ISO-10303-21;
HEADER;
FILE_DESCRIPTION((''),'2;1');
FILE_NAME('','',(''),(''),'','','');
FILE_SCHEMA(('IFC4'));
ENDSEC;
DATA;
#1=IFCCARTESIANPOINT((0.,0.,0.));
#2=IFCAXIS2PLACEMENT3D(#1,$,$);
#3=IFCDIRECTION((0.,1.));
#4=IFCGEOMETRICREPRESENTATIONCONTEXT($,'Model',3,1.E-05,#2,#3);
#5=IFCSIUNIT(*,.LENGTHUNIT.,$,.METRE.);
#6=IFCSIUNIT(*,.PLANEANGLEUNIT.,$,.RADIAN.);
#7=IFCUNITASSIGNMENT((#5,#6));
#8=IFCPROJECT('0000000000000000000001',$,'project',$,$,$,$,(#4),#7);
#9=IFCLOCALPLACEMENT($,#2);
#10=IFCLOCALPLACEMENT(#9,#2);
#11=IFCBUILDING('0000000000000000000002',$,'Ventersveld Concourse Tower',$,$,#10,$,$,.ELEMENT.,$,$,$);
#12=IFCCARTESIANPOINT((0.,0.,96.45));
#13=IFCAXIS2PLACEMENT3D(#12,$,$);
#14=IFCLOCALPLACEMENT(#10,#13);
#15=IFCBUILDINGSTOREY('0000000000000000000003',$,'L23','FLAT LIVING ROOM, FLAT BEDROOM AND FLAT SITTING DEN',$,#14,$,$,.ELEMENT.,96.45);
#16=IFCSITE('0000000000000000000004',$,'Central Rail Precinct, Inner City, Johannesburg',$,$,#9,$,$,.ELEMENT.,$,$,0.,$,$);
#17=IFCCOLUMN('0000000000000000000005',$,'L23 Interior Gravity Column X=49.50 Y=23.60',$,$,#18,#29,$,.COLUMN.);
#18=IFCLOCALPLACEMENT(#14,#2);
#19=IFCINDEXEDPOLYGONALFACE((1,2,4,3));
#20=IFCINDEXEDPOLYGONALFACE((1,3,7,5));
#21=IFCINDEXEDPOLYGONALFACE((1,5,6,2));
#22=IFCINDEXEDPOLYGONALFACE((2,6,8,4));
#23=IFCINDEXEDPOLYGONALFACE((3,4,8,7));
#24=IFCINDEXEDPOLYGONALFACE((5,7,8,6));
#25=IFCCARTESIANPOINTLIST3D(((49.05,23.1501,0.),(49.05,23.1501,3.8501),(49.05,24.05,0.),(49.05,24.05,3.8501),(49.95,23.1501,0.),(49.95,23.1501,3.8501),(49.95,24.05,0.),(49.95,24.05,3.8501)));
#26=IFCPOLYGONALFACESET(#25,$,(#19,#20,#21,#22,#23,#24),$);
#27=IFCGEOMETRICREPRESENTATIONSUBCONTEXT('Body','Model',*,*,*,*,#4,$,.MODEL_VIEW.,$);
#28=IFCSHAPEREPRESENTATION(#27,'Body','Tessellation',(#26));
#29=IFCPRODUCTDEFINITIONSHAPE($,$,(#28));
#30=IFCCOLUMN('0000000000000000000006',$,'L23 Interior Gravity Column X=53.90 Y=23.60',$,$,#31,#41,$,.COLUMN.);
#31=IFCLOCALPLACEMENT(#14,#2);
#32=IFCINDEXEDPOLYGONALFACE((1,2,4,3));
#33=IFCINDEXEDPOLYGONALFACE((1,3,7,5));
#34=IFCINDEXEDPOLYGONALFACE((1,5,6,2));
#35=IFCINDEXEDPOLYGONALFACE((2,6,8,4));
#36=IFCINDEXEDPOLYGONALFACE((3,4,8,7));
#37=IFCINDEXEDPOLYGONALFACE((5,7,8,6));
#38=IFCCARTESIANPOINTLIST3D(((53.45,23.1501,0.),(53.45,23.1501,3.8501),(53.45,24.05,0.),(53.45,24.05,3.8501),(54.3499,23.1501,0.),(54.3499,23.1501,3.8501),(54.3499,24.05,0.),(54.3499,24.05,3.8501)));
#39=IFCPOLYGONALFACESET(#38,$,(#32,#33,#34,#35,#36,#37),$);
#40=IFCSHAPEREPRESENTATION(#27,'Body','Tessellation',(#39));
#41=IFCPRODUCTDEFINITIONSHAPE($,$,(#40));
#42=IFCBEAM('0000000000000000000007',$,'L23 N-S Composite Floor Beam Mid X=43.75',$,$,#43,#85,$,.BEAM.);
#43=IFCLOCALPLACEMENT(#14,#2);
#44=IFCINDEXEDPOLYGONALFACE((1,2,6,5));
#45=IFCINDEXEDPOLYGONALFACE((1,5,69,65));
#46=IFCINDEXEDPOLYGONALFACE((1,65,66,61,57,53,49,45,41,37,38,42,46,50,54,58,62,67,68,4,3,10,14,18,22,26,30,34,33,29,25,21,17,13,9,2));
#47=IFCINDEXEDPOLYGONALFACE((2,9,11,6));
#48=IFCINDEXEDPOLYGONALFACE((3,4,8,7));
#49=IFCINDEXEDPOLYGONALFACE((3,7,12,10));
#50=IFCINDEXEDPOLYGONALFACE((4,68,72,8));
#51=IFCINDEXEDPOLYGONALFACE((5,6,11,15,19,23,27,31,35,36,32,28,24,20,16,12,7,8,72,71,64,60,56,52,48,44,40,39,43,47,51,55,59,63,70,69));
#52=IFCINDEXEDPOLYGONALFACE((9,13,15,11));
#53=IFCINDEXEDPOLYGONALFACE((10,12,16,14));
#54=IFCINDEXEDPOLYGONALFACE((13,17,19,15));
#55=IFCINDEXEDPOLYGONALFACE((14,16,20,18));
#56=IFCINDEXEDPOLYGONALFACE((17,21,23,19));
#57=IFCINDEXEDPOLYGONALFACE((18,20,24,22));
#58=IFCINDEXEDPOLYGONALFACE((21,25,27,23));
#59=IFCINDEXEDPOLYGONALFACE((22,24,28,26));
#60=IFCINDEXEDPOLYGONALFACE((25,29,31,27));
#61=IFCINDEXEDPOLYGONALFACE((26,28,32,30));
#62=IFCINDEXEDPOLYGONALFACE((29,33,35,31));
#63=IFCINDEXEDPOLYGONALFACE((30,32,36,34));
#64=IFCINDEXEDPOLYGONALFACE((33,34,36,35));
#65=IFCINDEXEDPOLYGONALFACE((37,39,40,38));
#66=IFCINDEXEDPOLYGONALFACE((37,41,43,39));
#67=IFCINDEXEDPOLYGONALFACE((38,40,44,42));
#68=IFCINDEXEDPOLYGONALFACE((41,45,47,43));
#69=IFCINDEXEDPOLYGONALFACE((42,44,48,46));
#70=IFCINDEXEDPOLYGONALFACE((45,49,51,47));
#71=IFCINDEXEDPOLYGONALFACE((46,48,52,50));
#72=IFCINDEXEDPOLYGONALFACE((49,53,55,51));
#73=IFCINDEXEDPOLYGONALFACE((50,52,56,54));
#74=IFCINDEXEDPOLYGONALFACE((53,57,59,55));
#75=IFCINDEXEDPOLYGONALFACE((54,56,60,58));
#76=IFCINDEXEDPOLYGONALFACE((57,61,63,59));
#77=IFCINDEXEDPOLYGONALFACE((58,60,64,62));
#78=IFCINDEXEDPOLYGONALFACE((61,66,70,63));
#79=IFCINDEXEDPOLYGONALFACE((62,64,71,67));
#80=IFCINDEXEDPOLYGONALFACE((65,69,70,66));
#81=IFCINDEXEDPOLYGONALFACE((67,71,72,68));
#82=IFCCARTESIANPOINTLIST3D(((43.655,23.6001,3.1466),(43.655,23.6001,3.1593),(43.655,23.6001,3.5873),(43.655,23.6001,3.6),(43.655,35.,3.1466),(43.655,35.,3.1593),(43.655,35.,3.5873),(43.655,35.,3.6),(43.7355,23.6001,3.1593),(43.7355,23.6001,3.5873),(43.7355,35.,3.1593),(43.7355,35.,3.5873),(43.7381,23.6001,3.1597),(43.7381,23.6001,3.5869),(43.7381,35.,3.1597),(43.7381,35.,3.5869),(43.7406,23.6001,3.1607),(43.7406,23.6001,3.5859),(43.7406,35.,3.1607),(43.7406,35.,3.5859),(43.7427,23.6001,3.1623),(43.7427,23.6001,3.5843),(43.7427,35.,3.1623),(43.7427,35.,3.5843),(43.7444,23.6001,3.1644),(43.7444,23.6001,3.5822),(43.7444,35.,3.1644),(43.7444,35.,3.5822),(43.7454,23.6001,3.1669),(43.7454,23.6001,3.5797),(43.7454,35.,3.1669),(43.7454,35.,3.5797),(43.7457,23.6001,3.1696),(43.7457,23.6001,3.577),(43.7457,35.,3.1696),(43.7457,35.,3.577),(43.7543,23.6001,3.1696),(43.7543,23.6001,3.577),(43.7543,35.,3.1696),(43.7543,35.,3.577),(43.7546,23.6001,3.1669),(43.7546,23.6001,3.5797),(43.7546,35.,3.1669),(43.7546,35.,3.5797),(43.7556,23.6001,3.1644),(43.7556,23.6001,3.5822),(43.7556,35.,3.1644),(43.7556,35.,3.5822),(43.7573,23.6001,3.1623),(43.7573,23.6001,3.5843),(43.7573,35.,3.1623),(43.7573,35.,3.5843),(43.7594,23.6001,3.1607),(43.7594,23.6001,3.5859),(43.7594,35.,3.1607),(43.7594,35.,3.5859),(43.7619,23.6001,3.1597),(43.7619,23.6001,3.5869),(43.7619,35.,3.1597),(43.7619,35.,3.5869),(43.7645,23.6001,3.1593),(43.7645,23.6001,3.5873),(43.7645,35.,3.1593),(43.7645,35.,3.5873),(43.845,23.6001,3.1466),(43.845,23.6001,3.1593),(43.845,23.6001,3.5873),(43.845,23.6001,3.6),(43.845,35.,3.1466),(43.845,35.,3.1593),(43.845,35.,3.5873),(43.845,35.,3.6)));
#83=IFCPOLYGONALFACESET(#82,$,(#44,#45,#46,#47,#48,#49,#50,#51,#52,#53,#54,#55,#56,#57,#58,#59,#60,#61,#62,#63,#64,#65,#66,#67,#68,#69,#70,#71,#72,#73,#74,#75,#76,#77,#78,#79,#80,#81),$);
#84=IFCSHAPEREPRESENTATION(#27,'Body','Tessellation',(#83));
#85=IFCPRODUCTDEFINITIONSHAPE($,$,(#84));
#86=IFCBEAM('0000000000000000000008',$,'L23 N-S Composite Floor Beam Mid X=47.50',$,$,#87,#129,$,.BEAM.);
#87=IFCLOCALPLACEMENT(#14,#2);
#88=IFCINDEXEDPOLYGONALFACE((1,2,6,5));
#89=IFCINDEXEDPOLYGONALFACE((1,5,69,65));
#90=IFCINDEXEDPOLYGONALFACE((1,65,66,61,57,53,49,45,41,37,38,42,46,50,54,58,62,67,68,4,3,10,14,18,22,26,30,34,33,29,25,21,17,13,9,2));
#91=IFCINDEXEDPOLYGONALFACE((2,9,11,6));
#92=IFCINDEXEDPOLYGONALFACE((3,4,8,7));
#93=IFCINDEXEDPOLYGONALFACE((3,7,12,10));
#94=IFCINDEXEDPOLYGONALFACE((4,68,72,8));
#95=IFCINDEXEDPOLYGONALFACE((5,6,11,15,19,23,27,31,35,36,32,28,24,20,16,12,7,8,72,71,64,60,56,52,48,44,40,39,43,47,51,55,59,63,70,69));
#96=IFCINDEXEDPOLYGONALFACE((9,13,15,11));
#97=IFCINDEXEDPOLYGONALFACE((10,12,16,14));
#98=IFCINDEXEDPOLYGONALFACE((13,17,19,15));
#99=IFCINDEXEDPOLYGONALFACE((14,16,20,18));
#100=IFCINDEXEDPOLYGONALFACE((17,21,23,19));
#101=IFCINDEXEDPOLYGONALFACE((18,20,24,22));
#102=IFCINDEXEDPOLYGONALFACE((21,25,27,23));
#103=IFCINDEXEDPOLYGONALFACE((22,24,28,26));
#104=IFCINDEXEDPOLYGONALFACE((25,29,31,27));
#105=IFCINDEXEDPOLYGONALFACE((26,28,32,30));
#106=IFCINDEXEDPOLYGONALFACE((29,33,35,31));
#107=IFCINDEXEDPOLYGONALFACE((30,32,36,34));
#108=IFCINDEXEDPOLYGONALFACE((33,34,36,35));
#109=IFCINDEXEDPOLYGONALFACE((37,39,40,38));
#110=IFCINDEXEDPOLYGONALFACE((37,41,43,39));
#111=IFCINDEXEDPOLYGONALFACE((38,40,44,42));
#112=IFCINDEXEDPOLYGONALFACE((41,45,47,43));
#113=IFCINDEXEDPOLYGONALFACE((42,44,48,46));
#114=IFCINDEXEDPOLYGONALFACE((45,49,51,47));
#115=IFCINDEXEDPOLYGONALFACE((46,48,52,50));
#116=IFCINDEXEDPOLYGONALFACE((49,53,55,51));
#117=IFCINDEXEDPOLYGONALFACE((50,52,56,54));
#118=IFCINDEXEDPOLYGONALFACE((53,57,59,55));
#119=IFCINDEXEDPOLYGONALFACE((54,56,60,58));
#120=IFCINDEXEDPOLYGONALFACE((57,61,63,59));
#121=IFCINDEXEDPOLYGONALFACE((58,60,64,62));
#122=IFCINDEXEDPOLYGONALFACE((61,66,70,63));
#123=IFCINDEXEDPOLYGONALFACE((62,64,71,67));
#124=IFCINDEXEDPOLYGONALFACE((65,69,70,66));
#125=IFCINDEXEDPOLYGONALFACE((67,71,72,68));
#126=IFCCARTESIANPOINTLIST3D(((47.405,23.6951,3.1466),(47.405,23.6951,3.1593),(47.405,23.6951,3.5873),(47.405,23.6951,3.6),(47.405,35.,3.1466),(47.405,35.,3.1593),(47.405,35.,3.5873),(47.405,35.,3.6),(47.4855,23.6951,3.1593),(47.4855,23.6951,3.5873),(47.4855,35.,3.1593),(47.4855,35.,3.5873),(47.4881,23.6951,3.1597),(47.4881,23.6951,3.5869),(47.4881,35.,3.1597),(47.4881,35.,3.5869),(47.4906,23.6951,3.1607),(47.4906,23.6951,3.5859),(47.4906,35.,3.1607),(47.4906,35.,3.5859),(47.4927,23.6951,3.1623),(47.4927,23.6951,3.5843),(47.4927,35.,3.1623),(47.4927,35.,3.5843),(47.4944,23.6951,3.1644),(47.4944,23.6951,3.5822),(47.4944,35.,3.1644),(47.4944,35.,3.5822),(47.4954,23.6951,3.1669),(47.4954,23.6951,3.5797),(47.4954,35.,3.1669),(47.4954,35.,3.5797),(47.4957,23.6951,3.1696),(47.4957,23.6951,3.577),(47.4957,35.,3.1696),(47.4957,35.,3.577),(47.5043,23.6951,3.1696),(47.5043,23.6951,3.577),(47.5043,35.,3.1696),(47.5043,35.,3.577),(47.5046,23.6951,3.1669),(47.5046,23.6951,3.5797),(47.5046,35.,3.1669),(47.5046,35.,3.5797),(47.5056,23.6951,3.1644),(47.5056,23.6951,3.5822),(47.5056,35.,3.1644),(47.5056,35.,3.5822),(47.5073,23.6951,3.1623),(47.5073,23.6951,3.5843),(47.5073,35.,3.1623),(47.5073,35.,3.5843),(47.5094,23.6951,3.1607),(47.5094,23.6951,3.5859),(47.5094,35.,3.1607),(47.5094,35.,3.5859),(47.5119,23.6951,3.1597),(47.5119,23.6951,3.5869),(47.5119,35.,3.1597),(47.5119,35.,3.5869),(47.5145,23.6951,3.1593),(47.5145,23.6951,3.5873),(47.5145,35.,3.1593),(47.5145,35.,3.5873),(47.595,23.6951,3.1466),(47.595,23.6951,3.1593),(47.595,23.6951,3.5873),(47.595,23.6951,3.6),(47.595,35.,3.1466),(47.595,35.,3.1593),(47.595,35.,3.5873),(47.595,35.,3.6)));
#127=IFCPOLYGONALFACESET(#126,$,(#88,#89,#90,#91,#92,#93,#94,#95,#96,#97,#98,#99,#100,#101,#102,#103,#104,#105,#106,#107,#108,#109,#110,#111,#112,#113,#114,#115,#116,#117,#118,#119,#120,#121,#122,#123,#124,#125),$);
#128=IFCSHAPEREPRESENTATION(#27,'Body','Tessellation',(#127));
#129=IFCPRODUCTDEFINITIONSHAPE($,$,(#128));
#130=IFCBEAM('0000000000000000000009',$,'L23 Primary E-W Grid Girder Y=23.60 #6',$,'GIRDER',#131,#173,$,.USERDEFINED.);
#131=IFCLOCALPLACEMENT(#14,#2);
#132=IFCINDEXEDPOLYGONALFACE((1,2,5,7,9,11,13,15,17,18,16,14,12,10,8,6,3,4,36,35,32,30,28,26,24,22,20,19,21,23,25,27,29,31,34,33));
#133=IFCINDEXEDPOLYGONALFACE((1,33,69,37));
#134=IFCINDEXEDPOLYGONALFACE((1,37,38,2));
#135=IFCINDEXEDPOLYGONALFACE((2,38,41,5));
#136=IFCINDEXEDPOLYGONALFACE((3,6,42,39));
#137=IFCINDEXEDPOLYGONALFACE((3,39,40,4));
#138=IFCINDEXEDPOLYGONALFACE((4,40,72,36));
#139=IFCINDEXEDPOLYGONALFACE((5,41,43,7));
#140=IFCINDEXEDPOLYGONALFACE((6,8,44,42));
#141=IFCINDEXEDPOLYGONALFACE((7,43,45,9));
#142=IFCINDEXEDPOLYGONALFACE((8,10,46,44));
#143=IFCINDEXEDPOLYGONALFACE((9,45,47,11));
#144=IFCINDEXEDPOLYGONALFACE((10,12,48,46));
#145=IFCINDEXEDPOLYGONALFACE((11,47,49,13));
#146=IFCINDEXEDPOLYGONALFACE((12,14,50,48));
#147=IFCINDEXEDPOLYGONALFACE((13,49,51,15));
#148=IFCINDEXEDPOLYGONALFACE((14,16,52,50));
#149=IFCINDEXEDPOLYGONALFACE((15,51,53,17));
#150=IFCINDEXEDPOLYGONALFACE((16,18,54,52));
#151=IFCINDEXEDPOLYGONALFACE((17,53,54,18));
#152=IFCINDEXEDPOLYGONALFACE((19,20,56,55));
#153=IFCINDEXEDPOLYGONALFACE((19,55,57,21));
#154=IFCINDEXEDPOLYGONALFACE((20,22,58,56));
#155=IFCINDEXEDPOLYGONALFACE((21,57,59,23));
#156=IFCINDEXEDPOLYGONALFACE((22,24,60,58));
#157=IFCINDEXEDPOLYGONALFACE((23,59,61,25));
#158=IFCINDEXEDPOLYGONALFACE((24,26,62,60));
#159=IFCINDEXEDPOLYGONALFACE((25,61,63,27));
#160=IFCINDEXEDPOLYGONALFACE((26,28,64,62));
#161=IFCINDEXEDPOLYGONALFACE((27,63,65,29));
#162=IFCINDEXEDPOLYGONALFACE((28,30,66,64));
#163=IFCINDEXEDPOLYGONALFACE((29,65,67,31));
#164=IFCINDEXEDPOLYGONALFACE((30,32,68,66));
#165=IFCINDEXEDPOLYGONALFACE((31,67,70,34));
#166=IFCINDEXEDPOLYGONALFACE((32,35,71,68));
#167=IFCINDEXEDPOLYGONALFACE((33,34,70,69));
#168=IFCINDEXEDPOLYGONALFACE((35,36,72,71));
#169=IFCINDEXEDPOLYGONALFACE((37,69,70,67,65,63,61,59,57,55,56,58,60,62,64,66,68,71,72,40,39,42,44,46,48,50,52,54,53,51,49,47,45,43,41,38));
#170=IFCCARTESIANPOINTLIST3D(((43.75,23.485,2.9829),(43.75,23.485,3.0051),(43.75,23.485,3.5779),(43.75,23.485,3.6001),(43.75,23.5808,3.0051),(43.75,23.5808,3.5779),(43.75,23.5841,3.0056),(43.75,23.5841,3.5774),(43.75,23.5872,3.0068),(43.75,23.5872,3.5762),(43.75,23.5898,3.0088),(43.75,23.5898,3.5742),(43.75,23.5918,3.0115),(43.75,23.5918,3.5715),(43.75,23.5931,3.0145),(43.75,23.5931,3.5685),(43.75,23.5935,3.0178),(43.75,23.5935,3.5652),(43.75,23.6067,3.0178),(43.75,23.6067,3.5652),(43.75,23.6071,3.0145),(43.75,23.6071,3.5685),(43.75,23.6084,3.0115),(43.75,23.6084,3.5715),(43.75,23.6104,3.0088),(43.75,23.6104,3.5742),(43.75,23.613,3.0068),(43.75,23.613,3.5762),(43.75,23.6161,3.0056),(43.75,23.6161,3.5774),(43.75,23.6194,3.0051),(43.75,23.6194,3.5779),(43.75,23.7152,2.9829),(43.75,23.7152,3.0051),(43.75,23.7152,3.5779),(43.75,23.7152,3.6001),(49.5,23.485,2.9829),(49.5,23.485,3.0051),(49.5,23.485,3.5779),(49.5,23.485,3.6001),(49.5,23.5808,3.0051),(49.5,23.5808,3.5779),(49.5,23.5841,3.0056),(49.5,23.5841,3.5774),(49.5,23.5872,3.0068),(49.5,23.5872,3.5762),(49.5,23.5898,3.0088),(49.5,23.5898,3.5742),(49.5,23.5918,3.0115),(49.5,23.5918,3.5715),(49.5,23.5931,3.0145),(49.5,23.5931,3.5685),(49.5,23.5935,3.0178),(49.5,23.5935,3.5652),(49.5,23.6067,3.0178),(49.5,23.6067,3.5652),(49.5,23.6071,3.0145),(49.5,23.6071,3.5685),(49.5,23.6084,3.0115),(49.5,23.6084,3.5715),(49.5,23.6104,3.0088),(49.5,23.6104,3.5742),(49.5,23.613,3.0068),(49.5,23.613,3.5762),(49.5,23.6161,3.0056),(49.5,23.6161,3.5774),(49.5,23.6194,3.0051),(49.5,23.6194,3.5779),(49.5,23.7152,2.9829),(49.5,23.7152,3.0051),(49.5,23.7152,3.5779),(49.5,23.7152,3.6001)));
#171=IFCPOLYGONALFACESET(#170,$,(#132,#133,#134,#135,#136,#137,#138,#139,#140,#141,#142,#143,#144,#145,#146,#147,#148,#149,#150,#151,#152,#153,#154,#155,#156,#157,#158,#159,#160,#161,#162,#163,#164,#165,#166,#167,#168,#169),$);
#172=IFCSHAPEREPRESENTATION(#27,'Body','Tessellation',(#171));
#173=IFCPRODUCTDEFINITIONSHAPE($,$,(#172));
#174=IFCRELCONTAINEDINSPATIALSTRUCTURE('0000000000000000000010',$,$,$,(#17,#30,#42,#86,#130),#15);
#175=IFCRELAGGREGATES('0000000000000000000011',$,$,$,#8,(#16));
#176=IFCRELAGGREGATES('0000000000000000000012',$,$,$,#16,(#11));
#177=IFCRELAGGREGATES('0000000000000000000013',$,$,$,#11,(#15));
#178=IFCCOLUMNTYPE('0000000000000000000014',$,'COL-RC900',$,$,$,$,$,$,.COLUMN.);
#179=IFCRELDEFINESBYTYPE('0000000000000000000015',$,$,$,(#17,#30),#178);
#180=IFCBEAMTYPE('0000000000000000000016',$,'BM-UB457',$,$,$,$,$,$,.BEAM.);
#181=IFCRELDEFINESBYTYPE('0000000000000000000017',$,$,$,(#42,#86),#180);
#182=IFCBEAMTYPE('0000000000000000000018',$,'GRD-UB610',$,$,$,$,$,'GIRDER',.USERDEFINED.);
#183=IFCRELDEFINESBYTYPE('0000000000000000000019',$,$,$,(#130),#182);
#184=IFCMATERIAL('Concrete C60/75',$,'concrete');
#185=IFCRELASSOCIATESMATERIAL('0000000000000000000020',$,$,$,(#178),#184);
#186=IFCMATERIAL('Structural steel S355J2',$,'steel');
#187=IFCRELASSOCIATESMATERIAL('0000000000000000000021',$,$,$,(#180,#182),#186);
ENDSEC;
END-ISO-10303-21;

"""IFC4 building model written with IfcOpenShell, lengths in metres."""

from ifc_helpers import new_model, si_unit, direction, frame, origin, origin_2d, place, context, subcontext, project, spatial, rectangle, i_section, extrude, material, material_profile, profile_set, type_object, element, save


model = new_model("IFC4")

# Units and contexts
model_context = context("Model", 3, precision=1e-05, world=origin(), true_north=direction((0.0, 1.0)))
body_context = subcontext(model_context, "Body", "Model", "MODEL_VIEW")
ifc_project = project(units=[si_unit("LENGTHUNIT", "METRE"), si_unit("PLANEANGLEUNIT", "RADIAN")], contexts=[model_context])

# Site, building, storey
site_placement = place(None, origin())
site = spatial("IfcSite", under=ifc_project, at=site_placement, Name="Central Rail Precinct, Inner City, Johannesburg", CompositionType="ELEMENT", RefElevation=0.0)
building_placement = place(site_placement, origin())
building = spatial("IfcBuilding", under=site, at=building_placement, Name="Ventersveld Concourse Tower", CompositionType="ELEMENT")
storey_placement = place(building_placement, frame((0.0, 0.0, 96.45)))
storey = spatial("IfcBuildingStorey", under=building, at=storey_placement, Name="L23", Description="FLAT LIVING ROOM, FLAT BEDROOM AND FLAT SITTING DEN", CompositionType="ELEMENT", Elevation=96.45)

# Columns
ifc_material_1 = material(Name="Concrete C60/75", Category="concrete")
ifc_material_profile_1 = material_profile(ifc_material_1, rectangle(XDim=0.8999, YDim=0.8999, at=origin_2d()), Name="RC 900x900")
ifc_profile_set_1 = profile_set([ifc_material_profile_1], Name="Concrete C60/75")
column_type = type_object("IfcColumnType", Name="COL-RC900", PredefinedType="COLUMN", material=ifc_profile_set_1)
for number, where, z_axis, x_axis, name in (
    (1, (49.5, 23.6001, 0.0), (0.0, 0.0, 1.0), (1.0, 0.0, 0.0), "L23 Interior Gravity Column X=49.50 Y=23.60"),
    (2, (53.8999, 23.6001, 0.0), (0.0, 0.0, 1.0), (1.0, 0.0, 0.0), "L23 Interior Gravity Column X=53.90 Y=23.60"),
):
    element("IfcColumn", number, at=place(storey_placement, frame(where, z_axis=z_axis, x_axis=x_axis)), inside=storey, type_object=column_type, Name=name, PredefinedType="COLUMN", context=body_context, shape_type="SweptSolid", body=[
        extrude(rectangle(XDim=0.8999, YDim=0.8999, at=origin_2d()), origin(), (0.0, 0.0, 1.0), 3.8501),
    ])

# Beams
ifc_material_2 = material(Name="Structural steel S355J2", Category="steel")
ifc_material_profile_2 = material_profile(ifc_material_2, i_section(OverallWidth=0.1899, OverallDepth=0.4534, WebThickness=0.0085, FlangeThickness=0.0127, FilletRadius=0.0103, at=origin_2d()), Name="UB 457x191x67")
ifc_profile_set_2 = profile_set([ifc_material_profile_2], Name="Structural steel S355J2")
beam_type_1 = type_object("IfcBeamType", Name="BM-UB457", PredefinedType="BEAM", material=ifc_profile_set_2)
beam_1_placement = place(storey_placement, frame((43.75, 23.6001, 3.3733), z_axis=(0.0, 1.0, 0.0), x_axis=(-1.0, 0.0, 0.0)))
element("IfcBeam", 3, at=beam_1_placement, inside=storey, type_object=beam_type_1, Name="L23 N-S Composite Floor Beam Mid X=43.75", PredefinedType="BEAM", context=body_context, shape_type="SweptSolid", body=[
    extrude(i_section(OverallWidth=0.1899, OverallDepth=0.4534, WebThickness=0.0085, FlangeThickness=0.0127, FilletRadius=0.0103, at=origin_2d()), origin(), (0.0, 0.0, 1.0), 11.3999),
])
beam_2_placement = place(storey_placement, frame((47.5, 23.6951, 3.3733), z_axis=(0.0, 1.0, 0.0), x_axis=(-1.0, 0.0, 0.0)))
element("IfcBeam", 4, at=beam_2_placement, inside=storey, type_object=beam_type_1, Name="L23 N-S Composite Floor Beam Mid X=47.50", PredefinedType="BEAM", context=body_context, shape_type="SweptSolid", body=[
    extrude(i_section(OverallWidth=0.1899, OverallDepth=0.4534, WebThickness=0.0085, FlangeThickness=0.0127, FilletRadius=0.0103, at=origin_2d()), origin(), (0.0, 0.0, 1.0), 11.3049),
])
ifc_material_profile_3 = material_profile(ifc_material_2, i_section(OverallWidth=0.2302, OverallDepth=0.6172, WebThickness=0.0132, FlangeThickness=0.0222, FilletRadius=0.0127, at=origin_2d()), Name="UB 610x229x140")
ifc_profile_set_3 = profile_set([ifc_material_profile_3], Name="Structural steel S355J2")
beam_type_2 = type_object("IfcBeamType", Name="GRD-UB610", ElementType="GIRDER", PredefinedType="USERDEFINED", material=ifc_profile_set_3)
beam_3_placement = place(storey_placement, frame((43.75, 23.6001, 3.2915), z_axis=(1.0, 0.0, 0.0), x_axis=(0.0, 1.0, 0.0)))
element("IfcBeam", 5, at=beam_3_placement, inside=storey, type_object=beam_type_2, Name="L23 Primary E-W Grid Girder Y=23.60 #6", ObjectType="GIRDER", PredefinedType="USERDEFINED", context=body_context, shape_type="SweptSolid", body=[
    extrude(i_section(OverallWidth=0.2302, OverallDepth=0.6172, WebThickness=0.0132, FlangeThickness=0.0222, FilletRadius=0.0127, at=origin_2d()), origin(), (0.0, 0.0, 1.0), 5.75),
])

save(model, "model.ifc")
